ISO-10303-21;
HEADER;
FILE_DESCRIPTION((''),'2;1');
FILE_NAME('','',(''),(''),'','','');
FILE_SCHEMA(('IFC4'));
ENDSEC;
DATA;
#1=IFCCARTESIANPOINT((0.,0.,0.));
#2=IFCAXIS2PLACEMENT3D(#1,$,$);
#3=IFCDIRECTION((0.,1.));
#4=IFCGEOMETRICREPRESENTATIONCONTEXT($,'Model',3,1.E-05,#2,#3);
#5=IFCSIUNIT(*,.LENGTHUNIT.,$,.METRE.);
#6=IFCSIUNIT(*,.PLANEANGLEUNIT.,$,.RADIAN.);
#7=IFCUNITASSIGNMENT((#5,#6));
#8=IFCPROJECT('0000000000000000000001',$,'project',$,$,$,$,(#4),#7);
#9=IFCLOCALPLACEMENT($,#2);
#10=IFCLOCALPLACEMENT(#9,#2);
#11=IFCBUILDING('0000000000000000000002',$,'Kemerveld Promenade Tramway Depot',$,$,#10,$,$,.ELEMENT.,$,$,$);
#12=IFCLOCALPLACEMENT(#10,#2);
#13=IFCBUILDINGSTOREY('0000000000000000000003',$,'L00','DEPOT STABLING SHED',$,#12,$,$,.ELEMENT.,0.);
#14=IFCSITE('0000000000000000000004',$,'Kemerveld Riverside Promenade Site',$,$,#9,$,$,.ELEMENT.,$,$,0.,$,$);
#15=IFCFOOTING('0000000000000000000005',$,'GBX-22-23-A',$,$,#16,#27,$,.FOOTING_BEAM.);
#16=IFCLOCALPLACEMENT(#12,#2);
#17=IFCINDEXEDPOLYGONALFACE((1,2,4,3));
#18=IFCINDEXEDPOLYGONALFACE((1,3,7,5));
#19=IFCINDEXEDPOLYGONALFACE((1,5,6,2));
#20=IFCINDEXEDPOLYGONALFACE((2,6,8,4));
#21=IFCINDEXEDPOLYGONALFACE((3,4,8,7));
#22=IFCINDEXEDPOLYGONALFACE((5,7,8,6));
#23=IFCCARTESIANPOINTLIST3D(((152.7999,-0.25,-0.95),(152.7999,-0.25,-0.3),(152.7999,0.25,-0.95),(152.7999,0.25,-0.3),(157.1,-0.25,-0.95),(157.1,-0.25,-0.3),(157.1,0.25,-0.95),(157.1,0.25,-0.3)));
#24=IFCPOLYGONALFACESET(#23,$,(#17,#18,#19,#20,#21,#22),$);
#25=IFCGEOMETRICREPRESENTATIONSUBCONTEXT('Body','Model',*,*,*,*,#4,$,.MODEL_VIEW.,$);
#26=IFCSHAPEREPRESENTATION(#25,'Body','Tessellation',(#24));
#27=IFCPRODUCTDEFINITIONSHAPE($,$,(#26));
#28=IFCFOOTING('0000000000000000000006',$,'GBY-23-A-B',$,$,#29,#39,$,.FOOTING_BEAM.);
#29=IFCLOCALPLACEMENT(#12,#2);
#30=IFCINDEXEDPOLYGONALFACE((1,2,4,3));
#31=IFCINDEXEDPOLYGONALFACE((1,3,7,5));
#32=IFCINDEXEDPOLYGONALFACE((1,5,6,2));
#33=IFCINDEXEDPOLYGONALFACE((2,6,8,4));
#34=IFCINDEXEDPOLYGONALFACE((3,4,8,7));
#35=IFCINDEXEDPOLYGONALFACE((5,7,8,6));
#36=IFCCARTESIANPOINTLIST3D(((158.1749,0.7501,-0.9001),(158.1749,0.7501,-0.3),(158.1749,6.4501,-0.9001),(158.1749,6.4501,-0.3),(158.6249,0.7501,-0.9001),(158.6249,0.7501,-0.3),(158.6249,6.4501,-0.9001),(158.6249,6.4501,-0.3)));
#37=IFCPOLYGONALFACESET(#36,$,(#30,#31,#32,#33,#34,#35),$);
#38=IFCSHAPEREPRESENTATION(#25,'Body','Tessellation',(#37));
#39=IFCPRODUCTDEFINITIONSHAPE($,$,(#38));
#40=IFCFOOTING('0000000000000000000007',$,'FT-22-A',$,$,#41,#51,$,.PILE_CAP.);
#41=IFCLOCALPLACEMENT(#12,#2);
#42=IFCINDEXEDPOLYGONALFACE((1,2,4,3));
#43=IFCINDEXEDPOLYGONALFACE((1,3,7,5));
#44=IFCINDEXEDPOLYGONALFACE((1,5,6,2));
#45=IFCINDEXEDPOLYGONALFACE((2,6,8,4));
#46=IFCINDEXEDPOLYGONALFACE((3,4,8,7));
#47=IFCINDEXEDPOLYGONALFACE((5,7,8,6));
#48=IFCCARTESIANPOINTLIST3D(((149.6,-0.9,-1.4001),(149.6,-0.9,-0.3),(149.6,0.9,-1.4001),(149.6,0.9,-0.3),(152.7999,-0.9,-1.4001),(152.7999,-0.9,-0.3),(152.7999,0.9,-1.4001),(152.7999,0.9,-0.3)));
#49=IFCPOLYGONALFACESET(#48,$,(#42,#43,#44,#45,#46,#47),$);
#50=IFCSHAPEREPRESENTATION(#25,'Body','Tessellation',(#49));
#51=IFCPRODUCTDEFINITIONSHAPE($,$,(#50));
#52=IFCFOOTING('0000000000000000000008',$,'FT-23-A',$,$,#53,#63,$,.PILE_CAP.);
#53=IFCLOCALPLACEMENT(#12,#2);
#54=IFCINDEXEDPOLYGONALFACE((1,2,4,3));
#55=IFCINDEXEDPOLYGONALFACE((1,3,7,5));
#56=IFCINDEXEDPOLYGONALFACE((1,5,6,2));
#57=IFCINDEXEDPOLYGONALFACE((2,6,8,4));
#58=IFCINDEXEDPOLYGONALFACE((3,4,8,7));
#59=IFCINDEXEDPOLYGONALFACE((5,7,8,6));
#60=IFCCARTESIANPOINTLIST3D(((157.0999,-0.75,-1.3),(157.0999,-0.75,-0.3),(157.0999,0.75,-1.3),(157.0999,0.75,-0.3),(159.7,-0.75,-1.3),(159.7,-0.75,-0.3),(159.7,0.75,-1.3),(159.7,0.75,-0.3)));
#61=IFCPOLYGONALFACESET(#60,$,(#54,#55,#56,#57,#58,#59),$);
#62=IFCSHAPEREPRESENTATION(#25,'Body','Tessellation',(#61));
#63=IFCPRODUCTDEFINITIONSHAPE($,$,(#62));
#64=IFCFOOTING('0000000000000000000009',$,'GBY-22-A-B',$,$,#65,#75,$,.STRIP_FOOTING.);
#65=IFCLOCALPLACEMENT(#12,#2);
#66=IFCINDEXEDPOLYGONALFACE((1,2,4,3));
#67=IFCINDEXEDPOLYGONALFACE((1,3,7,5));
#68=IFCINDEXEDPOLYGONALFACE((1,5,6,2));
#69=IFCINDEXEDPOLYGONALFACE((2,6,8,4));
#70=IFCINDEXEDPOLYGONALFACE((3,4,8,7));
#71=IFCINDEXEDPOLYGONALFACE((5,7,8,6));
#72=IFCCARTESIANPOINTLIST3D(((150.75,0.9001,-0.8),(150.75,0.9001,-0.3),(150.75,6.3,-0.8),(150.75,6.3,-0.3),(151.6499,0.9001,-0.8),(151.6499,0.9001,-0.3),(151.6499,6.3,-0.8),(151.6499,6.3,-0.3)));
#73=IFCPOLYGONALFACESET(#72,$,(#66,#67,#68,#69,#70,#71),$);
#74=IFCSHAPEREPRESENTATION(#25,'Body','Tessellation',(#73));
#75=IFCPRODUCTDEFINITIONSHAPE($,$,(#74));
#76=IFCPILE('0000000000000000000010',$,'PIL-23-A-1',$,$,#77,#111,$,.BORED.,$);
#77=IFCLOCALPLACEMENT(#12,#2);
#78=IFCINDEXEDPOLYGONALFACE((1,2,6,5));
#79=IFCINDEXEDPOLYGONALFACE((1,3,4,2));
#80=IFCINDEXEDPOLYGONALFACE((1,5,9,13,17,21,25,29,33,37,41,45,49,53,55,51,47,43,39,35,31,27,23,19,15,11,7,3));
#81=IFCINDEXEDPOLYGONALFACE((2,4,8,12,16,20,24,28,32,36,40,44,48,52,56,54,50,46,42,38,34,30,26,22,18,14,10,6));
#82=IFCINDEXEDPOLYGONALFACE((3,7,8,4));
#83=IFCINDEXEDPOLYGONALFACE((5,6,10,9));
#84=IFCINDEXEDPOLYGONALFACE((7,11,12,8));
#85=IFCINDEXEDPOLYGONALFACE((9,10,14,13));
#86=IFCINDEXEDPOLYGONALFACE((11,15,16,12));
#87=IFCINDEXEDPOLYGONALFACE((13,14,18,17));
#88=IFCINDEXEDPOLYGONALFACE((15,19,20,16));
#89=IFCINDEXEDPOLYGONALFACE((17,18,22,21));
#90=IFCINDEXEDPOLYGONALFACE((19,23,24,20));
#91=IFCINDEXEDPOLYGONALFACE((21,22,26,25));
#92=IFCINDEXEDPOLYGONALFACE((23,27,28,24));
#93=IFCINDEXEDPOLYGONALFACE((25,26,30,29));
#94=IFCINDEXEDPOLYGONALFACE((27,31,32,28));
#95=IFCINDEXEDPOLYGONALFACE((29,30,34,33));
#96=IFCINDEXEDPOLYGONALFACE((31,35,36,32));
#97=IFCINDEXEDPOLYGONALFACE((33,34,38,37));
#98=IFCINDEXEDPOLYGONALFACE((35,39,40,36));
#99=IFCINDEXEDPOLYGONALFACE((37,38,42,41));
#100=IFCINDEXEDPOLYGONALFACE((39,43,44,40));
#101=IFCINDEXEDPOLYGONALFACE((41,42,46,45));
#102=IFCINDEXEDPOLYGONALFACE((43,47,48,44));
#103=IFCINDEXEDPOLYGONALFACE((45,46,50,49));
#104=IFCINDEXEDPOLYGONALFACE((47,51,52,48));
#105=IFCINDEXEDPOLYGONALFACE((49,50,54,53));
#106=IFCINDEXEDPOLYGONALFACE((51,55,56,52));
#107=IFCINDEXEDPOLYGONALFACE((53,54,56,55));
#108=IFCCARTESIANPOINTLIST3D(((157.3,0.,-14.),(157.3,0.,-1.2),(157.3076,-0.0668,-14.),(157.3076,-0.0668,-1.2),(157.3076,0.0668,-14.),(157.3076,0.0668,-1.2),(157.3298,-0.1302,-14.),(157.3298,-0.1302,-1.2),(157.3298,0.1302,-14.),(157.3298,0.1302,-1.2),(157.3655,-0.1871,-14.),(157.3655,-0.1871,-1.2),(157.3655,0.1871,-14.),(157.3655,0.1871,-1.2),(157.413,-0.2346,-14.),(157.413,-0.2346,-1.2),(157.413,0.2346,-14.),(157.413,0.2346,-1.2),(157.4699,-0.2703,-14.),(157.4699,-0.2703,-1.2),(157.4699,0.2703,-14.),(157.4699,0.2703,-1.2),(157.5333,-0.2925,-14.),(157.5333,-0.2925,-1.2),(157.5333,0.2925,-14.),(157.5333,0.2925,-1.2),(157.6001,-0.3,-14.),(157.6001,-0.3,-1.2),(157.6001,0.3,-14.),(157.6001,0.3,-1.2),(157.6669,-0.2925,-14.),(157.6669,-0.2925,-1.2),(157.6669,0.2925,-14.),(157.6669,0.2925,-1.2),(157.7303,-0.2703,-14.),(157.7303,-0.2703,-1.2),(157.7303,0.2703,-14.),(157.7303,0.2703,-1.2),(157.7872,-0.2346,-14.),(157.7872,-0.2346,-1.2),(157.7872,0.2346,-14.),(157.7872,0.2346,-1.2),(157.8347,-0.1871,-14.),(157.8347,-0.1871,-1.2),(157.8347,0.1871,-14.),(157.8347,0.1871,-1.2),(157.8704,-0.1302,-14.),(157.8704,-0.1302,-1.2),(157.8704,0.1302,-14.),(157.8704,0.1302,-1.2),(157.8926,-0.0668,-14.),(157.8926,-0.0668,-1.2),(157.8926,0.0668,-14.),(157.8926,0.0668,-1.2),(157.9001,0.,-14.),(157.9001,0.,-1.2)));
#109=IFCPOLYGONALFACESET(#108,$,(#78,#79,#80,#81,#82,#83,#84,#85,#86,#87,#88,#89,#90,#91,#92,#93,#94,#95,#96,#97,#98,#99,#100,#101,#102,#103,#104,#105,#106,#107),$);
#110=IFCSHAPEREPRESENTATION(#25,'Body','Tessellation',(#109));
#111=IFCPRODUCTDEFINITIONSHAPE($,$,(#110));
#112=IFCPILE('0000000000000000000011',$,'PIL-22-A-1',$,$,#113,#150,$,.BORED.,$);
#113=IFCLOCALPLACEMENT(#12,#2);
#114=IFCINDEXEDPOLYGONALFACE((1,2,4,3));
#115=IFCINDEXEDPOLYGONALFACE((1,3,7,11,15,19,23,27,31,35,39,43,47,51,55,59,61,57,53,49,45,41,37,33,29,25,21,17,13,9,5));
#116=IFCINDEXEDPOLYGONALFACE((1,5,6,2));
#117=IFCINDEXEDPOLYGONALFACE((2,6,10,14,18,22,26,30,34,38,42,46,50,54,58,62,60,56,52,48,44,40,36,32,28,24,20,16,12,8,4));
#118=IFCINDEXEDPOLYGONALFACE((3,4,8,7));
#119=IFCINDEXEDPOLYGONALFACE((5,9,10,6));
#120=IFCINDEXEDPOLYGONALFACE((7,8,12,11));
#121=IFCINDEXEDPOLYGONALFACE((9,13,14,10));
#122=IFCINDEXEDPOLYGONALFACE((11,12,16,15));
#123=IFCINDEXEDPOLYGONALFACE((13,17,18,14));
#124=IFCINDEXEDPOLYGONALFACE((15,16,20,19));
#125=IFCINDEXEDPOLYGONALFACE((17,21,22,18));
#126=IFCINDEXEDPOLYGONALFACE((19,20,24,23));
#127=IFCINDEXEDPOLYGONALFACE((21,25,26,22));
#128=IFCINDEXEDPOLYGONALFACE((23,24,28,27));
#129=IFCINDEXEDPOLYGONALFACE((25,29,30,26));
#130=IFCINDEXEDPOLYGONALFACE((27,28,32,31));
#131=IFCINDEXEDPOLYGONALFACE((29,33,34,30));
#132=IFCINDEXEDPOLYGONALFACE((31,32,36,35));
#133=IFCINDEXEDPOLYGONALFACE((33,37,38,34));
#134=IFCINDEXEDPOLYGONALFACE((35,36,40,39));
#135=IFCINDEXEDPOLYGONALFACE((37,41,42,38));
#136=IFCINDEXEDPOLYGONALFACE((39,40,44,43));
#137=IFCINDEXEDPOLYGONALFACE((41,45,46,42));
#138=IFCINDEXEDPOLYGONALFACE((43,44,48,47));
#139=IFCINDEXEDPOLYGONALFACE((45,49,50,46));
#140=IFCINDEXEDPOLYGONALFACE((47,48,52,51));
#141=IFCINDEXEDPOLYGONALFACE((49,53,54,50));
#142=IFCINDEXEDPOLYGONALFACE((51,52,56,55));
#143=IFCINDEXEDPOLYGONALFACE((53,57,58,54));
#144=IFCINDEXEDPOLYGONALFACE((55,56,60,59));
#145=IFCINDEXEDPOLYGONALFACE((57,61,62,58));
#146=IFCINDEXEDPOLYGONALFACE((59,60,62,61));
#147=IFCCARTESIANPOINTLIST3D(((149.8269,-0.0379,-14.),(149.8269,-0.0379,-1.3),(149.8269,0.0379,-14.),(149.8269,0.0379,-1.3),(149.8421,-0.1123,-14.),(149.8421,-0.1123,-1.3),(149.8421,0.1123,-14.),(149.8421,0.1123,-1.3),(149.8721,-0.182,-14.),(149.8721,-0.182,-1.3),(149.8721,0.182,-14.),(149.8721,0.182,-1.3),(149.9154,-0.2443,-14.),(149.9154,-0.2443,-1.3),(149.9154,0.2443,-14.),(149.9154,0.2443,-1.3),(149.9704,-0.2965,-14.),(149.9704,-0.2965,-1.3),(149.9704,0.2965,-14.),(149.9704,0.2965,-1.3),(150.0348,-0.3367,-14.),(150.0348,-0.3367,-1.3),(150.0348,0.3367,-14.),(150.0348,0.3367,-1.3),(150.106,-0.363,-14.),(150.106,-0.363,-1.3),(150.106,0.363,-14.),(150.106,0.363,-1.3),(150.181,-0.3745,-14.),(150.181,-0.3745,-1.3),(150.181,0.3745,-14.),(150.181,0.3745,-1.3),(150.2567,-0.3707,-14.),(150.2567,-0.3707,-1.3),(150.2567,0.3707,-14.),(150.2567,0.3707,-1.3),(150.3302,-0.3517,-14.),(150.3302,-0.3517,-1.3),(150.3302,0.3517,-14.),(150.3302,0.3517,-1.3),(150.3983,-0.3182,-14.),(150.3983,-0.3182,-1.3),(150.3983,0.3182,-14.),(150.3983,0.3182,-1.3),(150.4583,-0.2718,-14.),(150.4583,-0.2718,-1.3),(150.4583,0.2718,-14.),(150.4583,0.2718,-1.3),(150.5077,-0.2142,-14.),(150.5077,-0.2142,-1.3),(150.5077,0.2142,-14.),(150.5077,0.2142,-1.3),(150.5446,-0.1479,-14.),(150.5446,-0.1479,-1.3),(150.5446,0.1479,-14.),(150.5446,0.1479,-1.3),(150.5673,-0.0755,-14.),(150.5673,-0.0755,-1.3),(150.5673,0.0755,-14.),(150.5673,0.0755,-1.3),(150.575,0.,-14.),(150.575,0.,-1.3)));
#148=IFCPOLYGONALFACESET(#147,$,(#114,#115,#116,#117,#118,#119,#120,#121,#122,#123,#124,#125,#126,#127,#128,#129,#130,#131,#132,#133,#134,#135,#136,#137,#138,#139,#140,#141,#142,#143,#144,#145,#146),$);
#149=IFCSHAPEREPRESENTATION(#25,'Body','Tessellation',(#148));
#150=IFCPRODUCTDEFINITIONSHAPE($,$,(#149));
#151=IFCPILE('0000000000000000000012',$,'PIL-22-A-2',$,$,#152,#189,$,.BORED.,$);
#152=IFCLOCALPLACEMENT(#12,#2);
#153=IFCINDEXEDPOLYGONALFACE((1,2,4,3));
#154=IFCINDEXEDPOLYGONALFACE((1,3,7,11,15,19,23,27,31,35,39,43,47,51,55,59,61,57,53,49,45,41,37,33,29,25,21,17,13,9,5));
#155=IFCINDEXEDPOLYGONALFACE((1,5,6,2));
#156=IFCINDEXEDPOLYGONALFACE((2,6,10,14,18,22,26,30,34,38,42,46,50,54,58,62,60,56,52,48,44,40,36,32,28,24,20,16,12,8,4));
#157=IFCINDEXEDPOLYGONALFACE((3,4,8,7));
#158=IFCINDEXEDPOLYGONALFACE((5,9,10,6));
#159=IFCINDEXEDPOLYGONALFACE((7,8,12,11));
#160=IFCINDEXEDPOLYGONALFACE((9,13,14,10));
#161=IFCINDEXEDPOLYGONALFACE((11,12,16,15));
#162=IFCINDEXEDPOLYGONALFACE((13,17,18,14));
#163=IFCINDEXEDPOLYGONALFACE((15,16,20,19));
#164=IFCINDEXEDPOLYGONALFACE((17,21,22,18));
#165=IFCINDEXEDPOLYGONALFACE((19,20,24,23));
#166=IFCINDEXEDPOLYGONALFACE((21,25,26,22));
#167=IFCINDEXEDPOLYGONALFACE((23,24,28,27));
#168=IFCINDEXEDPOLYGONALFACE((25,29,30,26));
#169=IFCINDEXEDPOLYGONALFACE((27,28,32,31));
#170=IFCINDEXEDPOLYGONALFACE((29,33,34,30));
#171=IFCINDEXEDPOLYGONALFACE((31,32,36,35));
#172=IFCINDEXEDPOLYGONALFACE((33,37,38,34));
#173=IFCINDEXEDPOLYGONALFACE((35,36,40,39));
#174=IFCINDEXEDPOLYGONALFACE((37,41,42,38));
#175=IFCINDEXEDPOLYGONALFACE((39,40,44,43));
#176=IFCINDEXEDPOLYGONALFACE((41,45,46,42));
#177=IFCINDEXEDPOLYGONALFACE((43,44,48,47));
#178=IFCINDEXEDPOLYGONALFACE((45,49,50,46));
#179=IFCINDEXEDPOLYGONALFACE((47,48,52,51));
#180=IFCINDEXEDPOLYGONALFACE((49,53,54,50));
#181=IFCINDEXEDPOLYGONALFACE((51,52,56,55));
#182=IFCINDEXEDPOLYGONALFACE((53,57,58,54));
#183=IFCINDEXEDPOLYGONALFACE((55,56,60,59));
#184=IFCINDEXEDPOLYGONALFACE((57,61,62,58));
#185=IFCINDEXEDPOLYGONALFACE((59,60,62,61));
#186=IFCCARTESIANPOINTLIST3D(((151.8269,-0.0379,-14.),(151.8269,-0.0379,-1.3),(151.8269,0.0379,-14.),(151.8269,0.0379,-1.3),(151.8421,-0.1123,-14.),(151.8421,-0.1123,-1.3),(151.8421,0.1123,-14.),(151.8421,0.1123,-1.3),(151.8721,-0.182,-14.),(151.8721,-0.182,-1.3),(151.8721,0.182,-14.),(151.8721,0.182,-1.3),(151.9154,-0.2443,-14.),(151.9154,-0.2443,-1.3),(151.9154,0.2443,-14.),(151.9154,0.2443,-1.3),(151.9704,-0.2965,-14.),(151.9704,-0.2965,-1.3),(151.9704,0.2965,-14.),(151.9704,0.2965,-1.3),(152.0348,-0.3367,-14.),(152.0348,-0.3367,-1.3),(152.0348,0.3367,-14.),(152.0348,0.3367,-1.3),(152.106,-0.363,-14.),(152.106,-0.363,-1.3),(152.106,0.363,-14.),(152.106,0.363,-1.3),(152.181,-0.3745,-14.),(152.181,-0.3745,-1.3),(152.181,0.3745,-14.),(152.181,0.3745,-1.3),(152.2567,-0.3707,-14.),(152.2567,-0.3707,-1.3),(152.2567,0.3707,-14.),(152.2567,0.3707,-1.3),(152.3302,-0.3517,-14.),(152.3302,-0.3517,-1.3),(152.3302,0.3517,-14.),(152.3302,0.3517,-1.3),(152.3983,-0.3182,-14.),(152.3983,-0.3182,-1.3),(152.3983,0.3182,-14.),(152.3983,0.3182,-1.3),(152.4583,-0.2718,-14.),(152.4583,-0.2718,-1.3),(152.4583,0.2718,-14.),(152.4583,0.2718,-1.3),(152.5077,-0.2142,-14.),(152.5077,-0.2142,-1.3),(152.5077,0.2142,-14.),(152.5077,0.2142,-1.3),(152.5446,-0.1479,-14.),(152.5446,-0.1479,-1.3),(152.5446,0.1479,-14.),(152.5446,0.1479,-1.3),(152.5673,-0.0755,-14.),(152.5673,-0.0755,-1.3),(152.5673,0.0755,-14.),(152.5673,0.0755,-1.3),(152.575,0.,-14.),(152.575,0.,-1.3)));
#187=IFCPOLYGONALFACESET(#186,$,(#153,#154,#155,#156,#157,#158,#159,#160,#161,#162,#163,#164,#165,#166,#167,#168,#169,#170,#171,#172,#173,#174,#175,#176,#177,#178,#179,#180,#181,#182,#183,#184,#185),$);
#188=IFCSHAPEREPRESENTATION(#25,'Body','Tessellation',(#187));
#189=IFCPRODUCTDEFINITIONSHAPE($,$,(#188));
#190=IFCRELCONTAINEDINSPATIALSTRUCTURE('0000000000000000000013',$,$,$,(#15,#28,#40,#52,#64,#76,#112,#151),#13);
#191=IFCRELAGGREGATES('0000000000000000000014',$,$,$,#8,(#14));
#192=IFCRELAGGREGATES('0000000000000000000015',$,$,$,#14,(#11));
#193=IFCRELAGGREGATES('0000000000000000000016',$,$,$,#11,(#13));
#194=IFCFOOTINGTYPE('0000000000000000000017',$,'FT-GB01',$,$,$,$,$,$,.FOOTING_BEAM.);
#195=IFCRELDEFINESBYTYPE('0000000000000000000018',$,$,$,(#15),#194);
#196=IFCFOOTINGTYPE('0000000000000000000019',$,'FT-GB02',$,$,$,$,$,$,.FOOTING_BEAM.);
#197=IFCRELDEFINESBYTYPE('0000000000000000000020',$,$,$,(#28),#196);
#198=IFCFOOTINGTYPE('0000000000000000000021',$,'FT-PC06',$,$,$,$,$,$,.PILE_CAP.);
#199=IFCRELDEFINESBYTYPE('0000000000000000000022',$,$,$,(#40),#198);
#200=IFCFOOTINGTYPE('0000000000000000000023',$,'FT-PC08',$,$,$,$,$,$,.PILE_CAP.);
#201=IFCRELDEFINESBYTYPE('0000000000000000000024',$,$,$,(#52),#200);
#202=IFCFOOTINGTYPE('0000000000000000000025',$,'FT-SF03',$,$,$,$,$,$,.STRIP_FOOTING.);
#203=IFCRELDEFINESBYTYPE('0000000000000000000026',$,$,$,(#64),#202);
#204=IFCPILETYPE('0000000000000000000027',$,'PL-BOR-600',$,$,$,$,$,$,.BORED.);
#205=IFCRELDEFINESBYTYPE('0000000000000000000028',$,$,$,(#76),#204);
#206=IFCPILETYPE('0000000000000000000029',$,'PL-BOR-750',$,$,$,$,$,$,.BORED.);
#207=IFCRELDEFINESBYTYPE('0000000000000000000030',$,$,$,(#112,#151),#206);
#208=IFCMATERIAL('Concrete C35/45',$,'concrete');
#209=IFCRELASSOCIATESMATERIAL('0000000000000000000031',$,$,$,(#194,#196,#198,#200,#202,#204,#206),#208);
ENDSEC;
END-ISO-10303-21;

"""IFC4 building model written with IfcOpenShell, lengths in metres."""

from ifc_helpers import new_model, si_unit, direction, frame, origin, origin_2d, place, context, subcontext, project, spatial, rectangle, circle, extrude, material, material_profile, profile_set, type_object, element, save


model = new_model("IFC4")

# Units and contexts
model_context = context("Model", 3, precision=1e-05, world=origin(), true_north=direction((0.0, 1.0)))
body_context = subcontext(model_context, "Body", "Model", "MODEL_VIEW")
ifc_project = project(units=[si_unit("LENGTHUNIT", "METRE"), si_unit("PLANEANGLEUNIT", "RADIAN")], contexts=[model_context])

# Site, building, storey
site_placement = place(None, origin())
site = spatial("IfcSite", under=ifc_project, at=site_placement, Name="Kemerveld Riverside Promenade Site", CompositionType="ELEMENT", RefElevation=0.0)
building_placement = place(site_placement, origin())
building = spatial("IfcBuilding", under=site, at=building_placement, Name="Kemerveld Promenade Tramway Depot", CompositionType="ELEMENT")
storey_placement = place(building_placement, origin())
storey = spatial("IfcBuildingStorey", under=building, at=storey_placement, Name="L00", Description="DEPOT STABLING SHED", CompositionType="ELEMENT", Elevation=0.0)

# Footings
ifc_material_1 = material(Name="Concrete C35/45", Category="concrete")
footing_type_1 = type_object("IfcFootingType", Name="FT-GB01", PredefinedType="FOOTING_BEAM", material=ifc_material_1)
footing_1_placement = place(storey_placement, frame((154.95, 0.0, -0.95), z_axis=(0.0, 0.0, 1.0), x_axis=(1.0, 0.0, 0.0)))
element("IfcFooting", 1, at=footing_1_placement, inside=storey, type_object=footing_type_1, Name="GBX-22-23-A", PredefinedType="FOOTING_BEAM", context=body_context, shape_type="SweptSolid", body=[
    extrude(rectangle(XDim=4.3, YDim=0.5, at=origin_2d()), origin(), (0.0, 0.0, 1.0), 0.6499),
])
footing_type_2 = type_object("IfcFootingType", Name="FT-GB02", PredefinedType="FOOTING_BEAM", material=ifc_material_1)
footing_2_placement = place(storey_placement, frame((158.3999, 3.6001, -0.9001), z_axis=(0.0, 0.0, 1.0), x_axis=(0.0, 1.0, 0.0)))
element("IfcFooting", 2, at=footing_2_placement, inside=storey, type_object=footing_type_2, Name="GBY-23-A-B", PredefinedType="FOOTING_BEAM", context=body_context, shape_type="SweptSolid", body=[
    extrude(rectangle(XDim=5.7, YDim=0.45, at=origin_2d()), origin(), (0.0, 0.0, 1.0), 0.6001),
])
footing_type_3 = type_object("IfcFootingType", Name="FT-PC06", PredefinedType="PILE_CAP", material=ifc_material_1)
footing_3_placement = place(storey_placement, frame((151.2, 0.0, -1.4001), z_axis=(0.0, 0.0, 1.0), x_axis=(1.0, 0.0, 0.0)))
element("IfcFooting", 3, at=footing_3_placement, inside=storey, type_object=footing_type_3, Name="FT-22-A", PredefinedType="PILE_CAP", context=body_context, shape_type="SweptSolid", body=[
    extrude(rectangle(XDim=3.2, YDim=1.8, at=origin_2d()), origin(), (0.0, 0.0, 1.0), 1.1001),
])
footing_type_4 = type_object("IfcFootingType", Name="FT-PC08", PredefinedType="PILE_CAP", material=ifc_material_1)
footing_4_placement = place(storey_placement, frame((158.3999, 0.0, -1.3), z_axis=(0.0, 0.0, 1.0), x_axis=(1.0, 0.0, 0.0)))
element("IfcFooting", 4, at=footing_4_placement, inside=storey, type_object=footing_type_4, Name="FT-23-A", PredefinedType="PILE_CAP", context=body_context, shape_type="SweptSolid", body=[
    extrude(rectangle(XDim=2.6001, YDim=1.5, at=origin_2d()), origin(), (0.0, 0.0, 1.0), 1.0),
])
footing_type_5 = type_object("IfcFootingType", Name="FT-SF03", PredefinedType="STRIP_FOOTING", material=ifc_material_1)
footing_5_placement = place(storey_placement, frame((151.2, 3.6001, -0.8), z_axis=(0.0, 0.0, 1.0), x_axis=(0.0, 1.0, 0.0)))
element("IfcFooting", 5, at=footing_5_placement, inside=storey, type_object=footing_type_5, Name="GBY-22-A-B", PredefinedType="STRIP_FOOTING", context=body_context, shape_type="SweptSolid", body=[
    extrude(rectangle(XDim=5.3999, YDim=0.8999, at=origin_2d()), origin(), (0.0, 0.0, 1.0), 0.5),
])

# Piles
ifc_material_profile_1 = material_profile(ifc_material_1, circle(Radius=0.3, at=origin_2d()), Name="PILE-D600")
ifc_profile_set_1 = profile_set([ifc_material_profile_1], Name="Concrete C35/45")
pile_type_1 = type_object("IfcPileType", Name="PL-BOR-600", PredefinedType="BORED", material=ifc_profile_set_1)
pile_placement = place(storey_placement, frame((157.6001, 0.0, -1.2), z_axis=(0.0, 0.0, -1.0), x_axis=(1.0, 0.0, 0.0)))
element("IfcPile", 6, at=pile_placement, inside=storey, type_object=pile_type_1, Name="PIL-23-A-1", PredefinedType="BORED", context=body_context, shape_type="SweptSolid", body=[
    extrude(circle(Radius=0.3, at=origin_2d()), origin(), (0.0, 0.0, 1.0), 12.8),
])
ifc_material_profile_2 = material_profile(ifc_material_1, circle(Radius=0.375, at=origin_2d()), Name="PILE-D750")
ifc_profile_set_2 = profile_set([ifc_material_profile_2], Name="Concrete C35/45")
pile_type_2 = type_object("IfcPileType", Name="PL-BOR-750", PredefinedType="BORED", material=ifc_profile_set_2)
for number, where, z_axis, x_axis, name in (
    (7, (150.2, 0.0, -1.3), (0.0, 0.0, -1.0), (1.0, 0.0, 0.0), "PIL-22-A-1"),
    (8, (152.2, 0.0, -1.3), (0.0, 0.0, -1.0), (1.0, 0.0, 0.0), "PIL-22-A-2"),
):
    element("IfcPile", number, at=place(storey_placement, frame(where, z_axis=z_axis, x_axis=x_axis)), inside=storey, type_object=pile_type_2, Name=name, PredefinedType="BORED", context=body_context, shape_type="SweptSolid", body=[
        extrude(circle(Radius=0.375, at=origin_2d()), origin(), (0.0, 0.0, 1.0), 12.7),
    ])

save(model, "model.ifc")
